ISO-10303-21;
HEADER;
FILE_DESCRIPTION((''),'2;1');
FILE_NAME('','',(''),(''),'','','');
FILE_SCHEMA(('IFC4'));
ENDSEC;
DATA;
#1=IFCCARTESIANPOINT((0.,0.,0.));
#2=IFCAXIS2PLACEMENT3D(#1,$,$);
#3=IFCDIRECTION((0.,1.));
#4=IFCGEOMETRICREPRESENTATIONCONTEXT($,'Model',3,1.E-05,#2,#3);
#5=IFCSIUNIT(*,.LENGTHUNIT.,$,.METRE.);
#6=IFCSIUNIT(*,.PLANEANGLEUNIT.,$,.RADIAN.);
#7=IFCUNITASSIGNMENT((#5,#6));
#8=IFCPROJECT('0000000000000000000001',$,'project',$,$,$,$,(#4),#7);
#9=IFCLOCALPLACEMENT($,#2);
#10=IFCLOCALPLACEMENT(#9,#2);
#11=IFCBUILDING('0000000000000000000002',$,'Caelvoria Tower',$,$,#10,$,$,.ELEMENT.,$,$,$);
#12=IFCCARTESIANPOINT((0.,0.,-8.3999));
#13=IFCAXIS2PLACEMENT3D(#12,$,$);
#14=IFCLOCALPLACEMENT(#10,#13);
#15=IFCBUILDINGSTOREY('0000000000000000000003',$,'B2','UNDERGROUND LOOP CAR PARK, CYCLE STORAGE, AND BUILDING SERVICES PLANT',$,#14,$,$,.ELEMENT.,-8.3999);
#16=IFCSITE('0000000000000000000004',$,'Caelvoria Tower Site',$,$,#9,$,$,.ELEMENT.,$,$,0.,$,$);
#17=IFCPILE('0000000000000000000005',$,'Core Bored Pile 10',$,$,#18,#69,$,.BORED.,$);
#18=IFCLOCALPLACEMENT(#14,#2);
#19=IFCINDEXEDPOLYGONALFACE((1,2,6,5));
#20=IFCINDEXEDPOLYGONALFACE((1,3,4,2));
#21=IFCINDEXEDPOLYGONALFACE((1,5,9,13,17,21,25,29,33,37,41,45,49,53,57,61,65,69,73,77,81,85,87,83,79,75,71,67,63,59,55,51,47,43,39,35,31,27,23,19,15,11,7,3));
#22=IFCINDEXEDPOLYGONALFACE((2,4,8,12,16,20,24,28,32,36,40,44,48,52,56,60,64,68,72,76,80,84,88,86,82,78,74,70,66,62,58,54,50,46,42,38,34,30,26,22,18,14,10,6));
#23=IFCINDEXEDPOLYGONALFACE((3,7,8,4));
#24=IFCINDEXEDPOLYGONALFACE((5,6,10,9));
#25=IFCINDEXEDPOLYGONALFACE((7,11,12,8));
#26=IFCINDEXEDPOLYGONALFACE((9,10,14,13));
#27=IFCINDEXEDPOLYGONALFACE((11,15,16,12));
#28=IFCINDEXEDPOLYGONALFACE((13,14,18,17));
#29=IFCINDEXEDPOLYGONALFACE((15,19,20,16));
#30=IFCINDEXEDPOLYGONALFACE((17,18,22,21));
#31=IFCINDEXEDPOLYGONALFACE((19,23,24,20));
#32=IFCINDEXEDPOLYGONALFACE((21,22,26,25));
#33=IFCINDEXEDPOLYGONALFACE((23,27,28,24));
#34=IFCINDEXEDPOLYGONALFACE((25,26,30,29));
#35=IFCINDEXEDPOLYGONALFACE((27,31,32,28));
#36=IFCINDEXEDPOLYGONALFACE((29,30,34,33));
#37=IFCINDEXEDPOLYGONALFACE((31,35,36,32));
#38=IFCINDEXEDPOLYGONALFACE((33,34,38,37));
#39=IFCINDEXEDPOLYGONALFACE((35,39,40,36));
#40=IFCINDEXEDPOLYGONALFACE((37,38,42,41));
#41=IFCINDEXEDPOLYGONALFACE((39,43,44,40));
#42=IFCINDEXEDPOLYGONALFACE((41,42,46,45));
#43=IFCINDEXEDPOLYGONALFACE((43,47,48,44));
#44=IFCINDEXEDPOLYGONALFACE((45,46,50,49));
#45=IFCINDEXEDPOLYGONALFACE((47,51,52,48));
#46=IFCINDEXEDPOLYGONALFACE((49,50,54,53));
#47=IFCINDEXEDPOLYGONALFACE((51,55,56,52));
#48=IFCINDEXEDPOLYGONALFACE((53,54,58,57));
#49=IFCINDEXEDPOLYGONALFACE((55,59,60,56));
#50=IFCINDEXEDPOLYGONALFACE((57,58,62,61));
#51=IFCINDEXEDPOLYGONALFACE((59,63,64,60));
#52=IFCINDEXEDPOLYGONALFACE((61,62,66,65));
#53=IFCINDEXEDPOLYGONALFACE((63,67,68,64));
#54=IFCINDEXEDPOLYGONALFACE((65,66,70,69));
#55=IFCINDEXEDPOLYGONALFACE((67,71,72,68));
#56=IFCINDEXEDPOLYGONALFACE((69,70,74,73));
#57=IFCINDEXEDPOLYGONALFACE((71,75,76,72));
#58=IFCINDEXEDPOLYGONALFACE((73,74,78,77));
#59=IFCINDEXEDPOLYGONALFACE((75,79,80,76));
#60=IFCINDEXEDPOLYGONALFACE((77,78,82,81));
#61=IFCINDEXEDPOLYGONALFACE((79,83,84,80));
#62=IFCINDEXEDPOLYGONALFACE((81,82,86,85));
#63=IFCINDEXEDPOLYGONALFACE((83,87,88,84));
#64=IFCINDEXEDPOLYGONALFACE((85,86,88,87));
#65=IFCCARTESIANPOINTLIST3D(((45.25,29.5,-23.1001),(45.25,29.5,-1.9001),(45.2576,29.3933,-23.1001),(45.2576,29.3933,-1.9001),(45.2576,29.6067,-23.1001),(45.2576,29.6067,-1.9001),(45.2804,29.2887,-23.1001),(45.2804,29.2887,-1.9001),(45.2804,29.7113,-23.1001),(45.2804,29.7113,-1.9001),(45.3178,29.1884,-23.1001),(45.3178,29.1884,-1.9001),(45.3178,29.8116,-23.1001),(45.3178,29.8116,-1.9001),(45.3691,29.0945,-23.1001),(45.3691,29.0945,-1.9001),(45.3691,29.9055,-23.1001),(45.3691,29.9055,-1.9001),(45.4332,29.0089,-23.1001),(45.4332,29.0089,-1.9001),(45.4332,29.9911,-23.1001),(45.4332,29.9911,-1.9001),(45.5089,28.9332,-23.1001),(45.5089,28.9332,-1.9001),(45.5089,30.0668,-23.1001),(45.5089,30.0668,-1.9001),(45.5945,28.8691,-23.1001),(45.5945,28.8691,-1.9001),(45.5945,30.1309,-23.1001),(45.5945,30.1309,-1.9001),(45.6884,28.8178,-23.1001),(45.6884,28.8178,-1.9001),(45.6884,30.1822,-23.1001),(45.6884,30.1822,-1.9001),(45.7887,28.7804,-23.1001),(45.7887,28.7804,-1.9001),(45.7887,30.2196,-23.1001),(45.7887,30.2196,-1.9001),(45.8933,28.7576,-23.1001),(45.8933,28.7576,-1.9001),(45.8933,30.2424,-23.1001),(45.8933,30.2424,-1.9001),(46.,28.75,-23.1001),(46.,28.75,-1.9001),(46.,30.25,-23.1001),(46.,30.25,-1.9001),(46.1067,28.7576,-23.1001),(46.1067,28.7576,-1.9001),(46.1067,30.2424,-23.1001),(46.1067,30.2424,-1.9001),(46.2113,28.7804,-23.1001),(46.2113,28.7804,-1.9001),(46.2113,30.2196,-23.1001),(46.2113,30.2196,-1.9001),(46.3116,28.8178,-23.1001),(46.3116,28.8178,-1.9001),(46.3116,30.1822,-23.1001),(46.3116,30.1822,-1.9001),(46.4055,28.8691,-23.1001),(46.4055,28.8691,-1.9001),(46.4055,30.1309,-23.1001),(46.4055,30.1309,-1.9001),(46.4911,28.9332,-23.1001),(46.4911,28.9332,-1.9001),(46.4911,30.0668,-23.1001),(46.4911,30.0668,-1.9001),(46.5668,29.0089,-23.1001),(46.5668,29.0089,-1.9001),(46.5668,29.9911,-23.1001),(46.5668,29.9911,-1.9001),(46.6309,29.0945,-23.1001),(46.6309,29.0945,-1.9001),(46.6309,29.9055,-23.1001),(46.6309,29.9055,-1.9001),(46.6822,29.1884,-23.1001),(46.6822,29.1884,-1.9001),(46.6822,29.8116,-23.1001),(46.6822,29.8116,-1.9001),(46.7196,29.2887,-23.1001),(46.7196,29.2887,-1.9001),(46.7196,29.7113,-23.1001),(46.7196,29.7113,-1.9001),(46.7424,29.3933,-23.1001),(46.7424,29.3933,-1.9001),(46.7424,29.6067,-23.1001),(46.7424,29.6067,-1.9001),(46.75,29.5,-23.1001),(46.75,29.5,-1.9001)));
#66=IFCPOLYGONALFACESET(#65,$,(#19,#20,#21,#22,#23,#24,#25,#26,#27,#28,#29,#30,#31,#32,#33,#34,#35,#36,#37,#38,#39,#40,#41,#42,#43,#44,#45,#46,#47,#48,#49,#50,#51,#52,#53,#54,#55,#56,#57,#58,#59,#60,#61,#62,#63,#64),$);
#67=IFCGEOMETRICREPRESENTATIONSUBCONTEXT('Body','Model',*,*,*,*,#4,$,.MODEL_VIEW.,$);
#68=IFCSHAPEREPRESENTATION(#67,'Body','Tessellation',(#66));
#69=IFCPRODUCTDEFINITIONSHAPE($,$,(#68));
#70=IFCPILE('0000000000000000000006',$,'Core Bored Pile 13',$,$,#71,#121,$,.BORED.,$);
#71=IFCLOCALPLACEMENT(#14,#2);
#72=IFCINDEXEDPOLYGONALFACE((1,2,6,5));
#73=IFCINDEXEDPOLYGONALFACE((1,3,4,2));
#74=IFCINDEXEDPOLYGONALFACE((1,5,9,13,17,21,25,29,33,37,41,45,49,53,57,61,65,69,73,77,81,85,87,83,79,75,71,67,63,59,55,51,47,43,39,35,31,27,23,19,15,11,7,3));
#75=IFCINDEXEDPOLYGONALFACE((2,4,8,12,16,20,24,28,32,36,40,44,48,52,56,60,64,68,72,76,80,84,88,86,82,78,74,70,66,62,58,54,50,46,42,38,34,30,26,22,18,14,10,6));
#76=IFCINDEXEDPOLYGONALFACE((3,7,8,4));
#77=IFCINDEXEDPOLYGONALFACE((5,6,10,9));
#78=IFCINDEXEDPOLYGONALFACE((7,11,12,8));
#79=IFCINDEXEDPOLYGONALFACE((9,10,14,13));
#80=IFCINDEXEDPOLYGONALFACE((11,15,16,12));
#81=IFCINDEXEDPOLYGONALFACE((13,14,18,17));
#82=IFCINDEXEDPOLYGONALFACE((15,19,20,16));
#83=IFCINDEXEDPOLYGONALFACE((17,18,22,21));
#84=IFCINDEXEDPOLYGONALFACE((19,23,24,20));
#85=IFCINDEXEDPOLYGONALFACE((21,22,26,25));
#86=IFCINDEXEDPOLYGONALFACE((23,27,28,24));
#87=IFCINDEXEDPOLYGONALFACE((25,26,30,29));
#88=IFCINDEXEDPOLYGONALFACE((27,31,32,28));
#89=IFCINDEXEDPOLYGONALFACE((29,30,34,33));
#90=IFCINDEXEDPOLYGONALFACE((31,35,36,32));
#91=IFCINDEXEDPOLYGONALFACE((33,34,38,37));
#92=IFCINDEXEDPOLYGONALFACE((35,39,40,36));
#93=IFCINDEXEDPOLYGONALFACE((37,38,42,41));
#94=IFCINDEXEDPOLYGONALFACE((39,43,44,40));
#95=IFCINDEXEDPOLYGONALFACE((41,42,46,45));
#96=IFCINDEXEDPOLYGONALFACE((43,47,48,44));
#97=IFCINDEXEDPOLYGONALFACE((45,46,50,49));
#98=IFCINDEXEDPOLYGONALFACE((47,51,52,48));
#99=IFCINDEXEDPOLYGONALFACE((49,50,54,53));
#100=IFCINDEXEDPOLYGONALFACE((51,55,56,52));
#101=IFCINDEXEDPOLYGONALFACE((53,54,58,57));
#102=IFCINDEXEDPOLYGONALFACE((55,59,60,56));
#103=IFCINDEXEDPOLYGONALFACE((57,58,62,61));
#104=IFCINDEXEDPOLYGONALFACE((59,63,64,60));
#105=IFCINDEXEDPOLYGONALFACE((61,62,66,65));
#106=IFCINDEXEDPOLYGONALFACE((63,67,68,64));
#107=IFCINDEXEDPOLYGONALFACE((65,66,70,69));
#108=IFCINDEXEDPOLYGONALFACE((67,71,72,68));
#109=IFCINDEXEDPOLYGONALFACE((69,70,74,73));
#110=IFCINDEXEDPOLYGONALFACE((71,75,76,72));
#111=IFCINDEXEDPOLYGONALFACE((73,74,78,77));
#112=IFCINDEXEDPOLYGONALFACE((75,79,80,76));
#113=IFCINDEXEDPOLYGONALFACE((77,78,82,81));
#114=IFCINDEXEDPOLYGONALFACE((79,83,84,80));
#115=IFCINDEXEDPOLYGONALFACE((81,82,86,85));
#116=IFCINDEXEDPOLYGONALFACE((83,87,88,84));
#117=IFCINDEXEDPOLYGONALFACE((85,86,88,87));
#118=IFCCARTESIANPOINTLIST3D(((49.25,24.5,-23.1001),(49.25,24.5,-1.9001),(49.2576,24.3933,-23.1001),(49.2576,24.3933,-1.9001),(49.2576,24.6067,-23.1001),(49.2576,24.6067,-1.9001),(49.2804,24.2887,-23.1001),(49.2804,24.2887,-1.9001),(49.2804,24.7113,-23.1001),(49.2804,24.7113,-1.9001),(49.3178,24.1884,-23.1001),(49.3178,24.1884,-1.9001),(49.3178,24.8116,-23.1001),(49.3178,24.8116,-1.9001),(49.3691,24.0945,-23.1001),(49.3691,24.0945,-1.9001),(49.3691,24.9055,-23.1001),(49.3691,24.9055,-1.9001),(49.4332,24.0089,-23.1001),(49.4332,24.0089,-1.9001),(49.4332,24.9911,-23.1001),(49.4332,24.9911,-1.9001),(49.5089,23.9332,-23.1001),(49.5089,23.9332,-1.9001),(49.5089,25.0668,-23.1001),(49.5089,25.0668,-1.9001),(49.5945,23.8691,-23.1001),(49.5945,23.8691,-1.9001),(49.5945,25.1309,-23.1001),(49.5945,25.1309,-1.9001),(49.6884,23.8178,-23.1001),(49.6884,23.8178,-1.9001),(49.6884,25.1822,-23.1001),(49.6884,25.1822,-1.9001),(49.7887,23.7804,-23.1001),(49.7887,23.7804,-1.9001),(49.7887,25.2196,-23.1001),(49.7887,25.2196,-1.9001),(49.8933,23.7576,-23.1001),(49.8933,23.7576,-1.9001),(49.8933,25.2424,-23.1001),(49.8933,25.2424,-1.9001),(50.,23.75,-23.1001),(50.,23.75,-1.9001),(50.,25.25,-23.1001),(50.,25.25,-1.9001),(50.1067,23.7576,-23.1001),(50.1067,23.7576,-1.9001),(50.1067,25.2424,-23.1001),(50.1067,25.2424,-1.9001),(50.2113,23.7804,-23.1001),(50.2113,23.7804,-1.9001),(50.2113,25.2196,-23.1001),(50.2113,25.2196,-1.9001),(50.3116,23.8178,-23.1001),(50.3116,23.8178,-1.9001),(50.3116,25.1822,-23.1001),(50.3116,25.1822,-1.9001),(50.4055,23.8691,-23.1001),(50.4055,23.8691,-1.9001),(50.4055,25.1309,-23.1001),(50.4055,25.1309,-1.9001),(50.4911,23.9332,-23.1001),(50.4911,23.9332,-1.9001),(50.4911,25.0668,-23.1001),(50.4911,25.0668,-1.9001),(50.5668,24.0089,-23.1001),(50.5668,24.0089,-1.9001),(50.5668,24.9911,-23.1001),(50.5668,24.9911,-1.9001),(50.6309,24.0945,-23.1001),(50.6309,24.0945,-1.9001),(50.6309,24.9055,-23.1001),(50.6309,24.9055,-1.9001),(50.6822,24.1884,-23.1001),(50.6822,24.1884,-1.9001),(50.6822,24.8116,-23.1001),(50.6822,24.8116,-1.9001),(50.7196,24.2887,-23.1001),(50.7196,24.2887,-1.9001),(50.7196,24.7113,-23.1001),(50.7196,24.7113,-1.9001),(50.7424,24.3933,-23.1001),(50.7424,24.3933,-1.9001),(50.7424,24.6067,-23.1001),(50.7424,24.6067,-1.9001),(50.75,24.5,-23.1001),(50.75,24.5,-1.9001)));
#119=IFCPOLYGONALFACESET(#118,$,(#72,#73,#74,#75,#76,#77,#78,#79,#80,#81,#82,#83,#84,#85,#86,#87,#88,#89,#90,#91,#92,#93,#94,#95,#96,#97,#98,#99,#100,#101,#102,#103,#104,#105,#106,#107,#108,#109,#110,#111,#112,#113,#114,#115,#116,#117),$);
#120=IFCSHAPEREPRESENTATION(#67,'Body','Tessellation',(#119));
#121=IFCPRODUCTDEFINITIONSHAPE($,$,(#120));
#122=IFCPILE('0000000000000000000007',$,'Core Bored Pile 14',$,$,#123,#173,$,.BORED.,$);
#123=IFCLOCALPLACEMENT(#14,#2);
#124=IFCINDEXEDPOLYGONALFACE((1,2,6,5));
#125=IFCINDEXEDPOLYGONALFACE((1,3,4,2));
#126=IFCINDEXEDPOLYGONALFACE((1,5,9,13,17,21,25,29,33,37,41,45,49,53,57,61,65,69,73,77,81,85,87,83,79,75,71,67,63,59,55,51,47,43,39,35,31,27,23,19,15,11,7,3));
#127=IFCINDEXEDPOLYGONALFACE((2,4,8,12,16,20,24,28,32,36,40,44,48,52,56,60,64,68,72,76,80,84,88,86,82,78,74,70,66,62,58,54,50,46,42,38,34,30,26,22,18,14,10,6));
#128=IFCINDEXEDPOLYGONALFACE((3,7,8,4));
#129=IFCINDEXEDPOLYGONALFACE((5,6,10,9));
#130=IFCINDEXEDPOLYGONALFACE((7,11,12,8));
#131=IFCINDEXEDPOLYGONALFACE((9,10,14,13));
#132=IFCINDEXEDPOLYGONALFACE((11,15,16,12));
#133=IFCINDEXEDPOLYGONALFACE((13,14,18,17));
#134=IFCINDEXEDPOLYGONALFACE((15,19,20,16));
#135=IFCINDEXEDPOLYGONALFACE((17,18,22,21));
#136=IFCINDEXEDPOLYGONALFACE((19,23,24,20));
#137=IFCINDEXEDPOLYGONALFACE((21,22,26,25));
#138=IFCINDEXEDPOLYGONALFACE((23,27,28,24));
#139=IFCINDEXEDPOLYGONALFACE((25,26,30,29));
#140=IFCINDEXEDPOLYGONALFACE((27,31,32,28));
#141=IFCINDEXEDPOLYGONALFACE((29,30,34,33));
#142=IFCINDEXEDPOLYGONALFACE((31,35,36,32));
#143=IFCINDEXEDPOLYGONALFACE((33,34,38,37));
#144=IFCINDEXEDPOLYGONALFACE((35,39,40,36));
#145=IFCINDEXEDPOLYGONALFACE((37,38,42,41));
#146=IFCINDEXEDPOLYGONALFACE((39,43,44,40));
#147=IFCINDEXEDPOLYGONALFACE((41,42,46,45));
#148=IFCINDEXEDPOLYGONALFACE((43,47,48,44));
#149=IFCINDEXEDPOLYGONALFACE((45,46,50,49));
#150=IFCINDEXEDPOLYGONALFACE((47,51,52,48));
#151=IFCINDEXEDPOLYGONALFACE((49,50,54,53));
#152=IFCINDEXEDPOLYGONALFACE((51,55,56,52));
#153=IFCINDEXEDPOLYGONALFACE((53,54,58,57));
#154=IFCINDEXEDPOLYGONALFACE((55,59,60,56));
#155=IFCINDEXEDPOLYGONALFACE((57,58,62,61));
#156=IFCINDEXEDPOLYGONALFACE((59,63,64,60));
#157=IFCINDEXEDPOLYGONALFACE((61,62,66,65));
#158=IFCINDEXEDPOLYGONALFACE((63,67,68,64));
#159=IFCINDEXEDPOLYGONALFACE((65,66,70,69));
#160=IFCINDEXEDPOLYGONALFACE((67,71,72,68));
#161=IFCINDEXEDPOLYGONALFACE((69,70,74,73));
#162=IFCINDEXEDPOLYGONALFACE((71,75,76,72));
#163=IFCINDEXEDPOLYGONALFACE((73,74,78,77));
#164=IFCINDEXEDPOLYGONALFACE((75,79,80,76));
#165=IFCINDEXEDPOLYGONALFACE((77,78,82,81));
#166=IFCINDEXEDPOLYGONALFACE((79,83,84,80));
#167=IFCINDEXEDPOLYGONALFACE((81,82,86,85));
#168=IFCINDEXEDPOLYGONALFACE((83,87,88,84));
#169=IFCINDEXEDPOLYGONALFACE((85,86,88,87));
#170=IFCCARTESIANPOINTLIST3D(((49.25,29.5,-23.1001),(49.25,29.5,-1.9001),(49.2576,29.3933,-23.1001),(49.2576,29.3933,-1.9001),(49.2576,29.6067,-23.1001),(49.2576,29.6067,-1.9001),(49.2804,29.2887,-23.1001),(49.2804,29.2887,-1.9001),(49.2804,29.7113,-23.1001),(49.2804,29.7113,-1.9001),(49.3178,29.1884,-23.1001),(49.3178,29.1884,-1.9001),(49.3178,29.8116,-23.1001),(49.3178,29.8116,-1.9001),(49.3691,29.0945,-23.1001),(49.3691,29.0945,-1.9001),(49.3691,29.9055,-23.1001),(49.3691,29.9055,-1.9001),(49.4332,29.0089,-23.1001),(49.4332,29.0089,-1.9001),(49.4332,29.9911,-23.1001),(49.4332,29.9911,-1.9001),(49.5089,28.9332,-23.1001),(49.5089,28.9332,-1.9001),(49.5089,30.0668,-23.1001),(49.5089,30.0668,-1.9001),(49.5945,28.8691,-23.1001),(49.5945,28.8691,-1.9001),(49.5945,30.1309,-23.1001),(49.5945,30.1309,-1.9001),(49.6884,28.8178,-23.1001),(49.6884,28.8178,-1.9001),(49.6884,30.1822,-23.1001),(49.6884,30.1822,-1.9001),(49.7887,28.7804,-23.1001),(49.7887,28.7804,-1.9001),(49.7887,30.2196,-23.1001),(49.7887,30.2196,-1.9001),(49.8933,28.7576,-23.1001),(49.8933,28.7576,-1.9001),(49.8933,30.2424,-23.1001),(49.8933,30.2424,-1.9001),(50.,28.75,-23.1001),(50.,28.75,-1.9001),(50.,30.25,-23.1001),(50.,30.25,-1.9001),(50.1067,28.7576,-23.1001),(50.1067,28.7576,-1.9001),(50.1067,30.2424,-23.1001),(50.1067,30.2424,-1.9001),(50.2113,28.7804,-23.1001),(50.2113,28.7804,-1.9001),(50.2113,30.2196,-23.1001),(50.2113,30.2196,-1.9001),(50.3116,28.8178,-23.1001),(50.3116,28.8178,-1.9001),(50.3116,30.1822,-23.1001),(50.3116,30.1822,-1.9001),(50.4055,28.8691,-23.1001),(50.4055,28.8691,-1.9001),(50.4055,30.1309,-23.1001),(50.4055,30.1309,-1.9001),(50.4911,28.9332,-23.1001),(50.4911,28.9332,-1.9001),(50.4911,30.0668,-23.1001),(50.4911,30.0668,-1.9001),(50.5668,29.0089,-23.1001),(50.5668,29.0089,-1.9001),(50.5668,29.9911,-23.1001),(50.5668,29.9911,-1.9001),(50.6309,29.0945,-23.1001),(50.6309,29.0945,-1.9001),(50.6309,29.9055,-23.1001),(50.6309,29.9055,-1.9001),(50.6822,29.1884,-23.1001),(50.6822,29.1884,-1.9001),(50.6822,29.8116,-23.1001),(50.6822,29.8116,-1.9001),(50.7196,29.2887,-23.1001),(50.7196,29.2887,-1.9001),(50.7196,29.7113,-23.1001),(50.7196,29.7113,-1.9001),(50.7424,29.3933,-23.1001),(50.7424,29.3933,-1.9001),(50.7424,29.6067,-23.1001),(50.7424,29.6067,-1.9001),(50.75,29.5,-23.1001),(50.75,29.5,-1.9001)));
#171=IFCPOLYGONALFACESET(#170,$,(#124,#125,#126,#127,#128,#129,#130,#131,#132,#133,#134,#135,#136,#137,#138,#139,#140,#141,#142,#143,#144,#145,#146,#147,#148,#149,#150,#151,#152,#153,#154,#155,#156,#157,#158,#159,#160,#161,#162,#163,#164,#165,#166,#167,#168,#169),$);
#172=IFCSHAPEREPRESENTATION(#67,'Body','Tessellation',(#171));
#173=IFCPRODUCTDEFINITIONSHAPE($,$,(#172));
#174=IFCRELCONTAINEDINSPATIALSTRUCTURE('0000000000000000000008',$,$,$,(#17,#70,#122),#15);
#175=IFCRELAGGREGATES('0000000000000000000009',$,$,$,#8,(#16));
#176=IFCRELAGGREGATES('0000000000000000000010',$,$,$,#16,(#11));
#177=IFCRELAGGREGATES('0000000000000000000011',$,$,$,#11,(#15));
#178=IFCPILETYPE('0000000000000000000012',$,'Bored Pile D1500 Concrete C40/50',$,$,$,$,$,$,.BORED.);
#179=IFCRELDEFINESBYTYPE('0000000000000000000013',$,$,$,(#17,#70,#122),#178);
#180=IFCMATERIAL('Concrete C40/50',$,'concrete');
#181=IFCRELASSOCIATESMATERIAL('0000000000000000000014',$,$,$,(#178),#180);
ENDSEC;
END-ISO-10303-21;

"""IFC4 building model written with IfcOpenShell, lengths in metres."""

from ifc_helpers import new_model, si_unit, direction, frame, origin, origin_2d, place, context, subcontext, project, spatial, circle, extrude, material, material_profile, profile_set, type_object, element, save


model = new_model("IFC4")

# Units and contexts
model_context = context("Model", 3, precision=1e-05, world=origin(), true_north=direction((0.0, 1.0)))
body_context = subcontext(model_context, "Body", "Model", "MODEL_VIEW")
ifc_project = project(units=[si_unit("LENGTHUNIT", "METRE"), si_unit("PLANEANGLEUNIT", "RADIAN")], contexts=[model_context])

# Site, building, storey
site_placement = place(None, origin())
site = spatial("IfcSite", under=ifc_project, at=site_placement, Name="Caelvoria Tower Site", CompositionType="ELEMENT", RefElevation=0.0)
building_placement = place(site_placement, origin())
building = spatial("IfcBuilding", under=site, at=building_placement, Name="Caelvoria Tower", CompositionType="ELEMENT")
storey_placement = place(building_placement, frame((0.0, 0.0, -8.3999)))
storey = spatial("IfcBuildingStorey", under=building, at=storey_placement, Name="B2", Description="UNDERGROUND LOOP CAR PARK, CYCLE STORAGE, AND BUILDING SERVICES PLANT", CompositionType="ELEMENT", Elevation=-8.3999)

# Piles
ifc_material_1 = material(Name="Concrete C40/50", Category="concrete")
ifc_material_profile_1 = material_profile(ifc_material_1, circle(Radius=0.75, at=origin_2d()), Name="Concrete C40/50")
ifc_profile_set_1 = profile_set([ifc_material_profile_1], Name="PILE_D1500 - Concrete C40/50")
pile_type_1 = type_object("IfcPileType", Name="Bored Pile D1500 Concrete C40/50", PredefinedType="BORED", material=ifc_profile_set_1)
for number, where, z_axis, x_axis, name in (
    (1, (46.0, 29.5, -1.9001), (0.0, 0.0, -1.0), (1.0, 0.0, 0.0), "Core Bored Pile 10"),
    (2, (50.0, 24.5, -1.9001), (0.0, 0.0, -1.0), (1.0, 0.0, 0.0), "Core Bored Pile 13"),
    (3, (50.0, 29.5, -1.9001), (0.0, 0.0, -1.0), (1.0, 0.0, 0.0), "Core Bored Pile 14"),
):
    element("IfcPile", number, at=place(storey_placement, frame(where, z_axis=z_axis, x_axis=x_axis)), inside=storey, type_object=pile_type_1, Name=name, PredefinedType="BORED", context=body_context, shape_type="SweptSolid", body=[
        extrude(circle(Radius=0.75, at=origin_2d()), origin(), (0.0, 0.0, 1.0), 21.2),
    ])

save(model, "model.ifc")
